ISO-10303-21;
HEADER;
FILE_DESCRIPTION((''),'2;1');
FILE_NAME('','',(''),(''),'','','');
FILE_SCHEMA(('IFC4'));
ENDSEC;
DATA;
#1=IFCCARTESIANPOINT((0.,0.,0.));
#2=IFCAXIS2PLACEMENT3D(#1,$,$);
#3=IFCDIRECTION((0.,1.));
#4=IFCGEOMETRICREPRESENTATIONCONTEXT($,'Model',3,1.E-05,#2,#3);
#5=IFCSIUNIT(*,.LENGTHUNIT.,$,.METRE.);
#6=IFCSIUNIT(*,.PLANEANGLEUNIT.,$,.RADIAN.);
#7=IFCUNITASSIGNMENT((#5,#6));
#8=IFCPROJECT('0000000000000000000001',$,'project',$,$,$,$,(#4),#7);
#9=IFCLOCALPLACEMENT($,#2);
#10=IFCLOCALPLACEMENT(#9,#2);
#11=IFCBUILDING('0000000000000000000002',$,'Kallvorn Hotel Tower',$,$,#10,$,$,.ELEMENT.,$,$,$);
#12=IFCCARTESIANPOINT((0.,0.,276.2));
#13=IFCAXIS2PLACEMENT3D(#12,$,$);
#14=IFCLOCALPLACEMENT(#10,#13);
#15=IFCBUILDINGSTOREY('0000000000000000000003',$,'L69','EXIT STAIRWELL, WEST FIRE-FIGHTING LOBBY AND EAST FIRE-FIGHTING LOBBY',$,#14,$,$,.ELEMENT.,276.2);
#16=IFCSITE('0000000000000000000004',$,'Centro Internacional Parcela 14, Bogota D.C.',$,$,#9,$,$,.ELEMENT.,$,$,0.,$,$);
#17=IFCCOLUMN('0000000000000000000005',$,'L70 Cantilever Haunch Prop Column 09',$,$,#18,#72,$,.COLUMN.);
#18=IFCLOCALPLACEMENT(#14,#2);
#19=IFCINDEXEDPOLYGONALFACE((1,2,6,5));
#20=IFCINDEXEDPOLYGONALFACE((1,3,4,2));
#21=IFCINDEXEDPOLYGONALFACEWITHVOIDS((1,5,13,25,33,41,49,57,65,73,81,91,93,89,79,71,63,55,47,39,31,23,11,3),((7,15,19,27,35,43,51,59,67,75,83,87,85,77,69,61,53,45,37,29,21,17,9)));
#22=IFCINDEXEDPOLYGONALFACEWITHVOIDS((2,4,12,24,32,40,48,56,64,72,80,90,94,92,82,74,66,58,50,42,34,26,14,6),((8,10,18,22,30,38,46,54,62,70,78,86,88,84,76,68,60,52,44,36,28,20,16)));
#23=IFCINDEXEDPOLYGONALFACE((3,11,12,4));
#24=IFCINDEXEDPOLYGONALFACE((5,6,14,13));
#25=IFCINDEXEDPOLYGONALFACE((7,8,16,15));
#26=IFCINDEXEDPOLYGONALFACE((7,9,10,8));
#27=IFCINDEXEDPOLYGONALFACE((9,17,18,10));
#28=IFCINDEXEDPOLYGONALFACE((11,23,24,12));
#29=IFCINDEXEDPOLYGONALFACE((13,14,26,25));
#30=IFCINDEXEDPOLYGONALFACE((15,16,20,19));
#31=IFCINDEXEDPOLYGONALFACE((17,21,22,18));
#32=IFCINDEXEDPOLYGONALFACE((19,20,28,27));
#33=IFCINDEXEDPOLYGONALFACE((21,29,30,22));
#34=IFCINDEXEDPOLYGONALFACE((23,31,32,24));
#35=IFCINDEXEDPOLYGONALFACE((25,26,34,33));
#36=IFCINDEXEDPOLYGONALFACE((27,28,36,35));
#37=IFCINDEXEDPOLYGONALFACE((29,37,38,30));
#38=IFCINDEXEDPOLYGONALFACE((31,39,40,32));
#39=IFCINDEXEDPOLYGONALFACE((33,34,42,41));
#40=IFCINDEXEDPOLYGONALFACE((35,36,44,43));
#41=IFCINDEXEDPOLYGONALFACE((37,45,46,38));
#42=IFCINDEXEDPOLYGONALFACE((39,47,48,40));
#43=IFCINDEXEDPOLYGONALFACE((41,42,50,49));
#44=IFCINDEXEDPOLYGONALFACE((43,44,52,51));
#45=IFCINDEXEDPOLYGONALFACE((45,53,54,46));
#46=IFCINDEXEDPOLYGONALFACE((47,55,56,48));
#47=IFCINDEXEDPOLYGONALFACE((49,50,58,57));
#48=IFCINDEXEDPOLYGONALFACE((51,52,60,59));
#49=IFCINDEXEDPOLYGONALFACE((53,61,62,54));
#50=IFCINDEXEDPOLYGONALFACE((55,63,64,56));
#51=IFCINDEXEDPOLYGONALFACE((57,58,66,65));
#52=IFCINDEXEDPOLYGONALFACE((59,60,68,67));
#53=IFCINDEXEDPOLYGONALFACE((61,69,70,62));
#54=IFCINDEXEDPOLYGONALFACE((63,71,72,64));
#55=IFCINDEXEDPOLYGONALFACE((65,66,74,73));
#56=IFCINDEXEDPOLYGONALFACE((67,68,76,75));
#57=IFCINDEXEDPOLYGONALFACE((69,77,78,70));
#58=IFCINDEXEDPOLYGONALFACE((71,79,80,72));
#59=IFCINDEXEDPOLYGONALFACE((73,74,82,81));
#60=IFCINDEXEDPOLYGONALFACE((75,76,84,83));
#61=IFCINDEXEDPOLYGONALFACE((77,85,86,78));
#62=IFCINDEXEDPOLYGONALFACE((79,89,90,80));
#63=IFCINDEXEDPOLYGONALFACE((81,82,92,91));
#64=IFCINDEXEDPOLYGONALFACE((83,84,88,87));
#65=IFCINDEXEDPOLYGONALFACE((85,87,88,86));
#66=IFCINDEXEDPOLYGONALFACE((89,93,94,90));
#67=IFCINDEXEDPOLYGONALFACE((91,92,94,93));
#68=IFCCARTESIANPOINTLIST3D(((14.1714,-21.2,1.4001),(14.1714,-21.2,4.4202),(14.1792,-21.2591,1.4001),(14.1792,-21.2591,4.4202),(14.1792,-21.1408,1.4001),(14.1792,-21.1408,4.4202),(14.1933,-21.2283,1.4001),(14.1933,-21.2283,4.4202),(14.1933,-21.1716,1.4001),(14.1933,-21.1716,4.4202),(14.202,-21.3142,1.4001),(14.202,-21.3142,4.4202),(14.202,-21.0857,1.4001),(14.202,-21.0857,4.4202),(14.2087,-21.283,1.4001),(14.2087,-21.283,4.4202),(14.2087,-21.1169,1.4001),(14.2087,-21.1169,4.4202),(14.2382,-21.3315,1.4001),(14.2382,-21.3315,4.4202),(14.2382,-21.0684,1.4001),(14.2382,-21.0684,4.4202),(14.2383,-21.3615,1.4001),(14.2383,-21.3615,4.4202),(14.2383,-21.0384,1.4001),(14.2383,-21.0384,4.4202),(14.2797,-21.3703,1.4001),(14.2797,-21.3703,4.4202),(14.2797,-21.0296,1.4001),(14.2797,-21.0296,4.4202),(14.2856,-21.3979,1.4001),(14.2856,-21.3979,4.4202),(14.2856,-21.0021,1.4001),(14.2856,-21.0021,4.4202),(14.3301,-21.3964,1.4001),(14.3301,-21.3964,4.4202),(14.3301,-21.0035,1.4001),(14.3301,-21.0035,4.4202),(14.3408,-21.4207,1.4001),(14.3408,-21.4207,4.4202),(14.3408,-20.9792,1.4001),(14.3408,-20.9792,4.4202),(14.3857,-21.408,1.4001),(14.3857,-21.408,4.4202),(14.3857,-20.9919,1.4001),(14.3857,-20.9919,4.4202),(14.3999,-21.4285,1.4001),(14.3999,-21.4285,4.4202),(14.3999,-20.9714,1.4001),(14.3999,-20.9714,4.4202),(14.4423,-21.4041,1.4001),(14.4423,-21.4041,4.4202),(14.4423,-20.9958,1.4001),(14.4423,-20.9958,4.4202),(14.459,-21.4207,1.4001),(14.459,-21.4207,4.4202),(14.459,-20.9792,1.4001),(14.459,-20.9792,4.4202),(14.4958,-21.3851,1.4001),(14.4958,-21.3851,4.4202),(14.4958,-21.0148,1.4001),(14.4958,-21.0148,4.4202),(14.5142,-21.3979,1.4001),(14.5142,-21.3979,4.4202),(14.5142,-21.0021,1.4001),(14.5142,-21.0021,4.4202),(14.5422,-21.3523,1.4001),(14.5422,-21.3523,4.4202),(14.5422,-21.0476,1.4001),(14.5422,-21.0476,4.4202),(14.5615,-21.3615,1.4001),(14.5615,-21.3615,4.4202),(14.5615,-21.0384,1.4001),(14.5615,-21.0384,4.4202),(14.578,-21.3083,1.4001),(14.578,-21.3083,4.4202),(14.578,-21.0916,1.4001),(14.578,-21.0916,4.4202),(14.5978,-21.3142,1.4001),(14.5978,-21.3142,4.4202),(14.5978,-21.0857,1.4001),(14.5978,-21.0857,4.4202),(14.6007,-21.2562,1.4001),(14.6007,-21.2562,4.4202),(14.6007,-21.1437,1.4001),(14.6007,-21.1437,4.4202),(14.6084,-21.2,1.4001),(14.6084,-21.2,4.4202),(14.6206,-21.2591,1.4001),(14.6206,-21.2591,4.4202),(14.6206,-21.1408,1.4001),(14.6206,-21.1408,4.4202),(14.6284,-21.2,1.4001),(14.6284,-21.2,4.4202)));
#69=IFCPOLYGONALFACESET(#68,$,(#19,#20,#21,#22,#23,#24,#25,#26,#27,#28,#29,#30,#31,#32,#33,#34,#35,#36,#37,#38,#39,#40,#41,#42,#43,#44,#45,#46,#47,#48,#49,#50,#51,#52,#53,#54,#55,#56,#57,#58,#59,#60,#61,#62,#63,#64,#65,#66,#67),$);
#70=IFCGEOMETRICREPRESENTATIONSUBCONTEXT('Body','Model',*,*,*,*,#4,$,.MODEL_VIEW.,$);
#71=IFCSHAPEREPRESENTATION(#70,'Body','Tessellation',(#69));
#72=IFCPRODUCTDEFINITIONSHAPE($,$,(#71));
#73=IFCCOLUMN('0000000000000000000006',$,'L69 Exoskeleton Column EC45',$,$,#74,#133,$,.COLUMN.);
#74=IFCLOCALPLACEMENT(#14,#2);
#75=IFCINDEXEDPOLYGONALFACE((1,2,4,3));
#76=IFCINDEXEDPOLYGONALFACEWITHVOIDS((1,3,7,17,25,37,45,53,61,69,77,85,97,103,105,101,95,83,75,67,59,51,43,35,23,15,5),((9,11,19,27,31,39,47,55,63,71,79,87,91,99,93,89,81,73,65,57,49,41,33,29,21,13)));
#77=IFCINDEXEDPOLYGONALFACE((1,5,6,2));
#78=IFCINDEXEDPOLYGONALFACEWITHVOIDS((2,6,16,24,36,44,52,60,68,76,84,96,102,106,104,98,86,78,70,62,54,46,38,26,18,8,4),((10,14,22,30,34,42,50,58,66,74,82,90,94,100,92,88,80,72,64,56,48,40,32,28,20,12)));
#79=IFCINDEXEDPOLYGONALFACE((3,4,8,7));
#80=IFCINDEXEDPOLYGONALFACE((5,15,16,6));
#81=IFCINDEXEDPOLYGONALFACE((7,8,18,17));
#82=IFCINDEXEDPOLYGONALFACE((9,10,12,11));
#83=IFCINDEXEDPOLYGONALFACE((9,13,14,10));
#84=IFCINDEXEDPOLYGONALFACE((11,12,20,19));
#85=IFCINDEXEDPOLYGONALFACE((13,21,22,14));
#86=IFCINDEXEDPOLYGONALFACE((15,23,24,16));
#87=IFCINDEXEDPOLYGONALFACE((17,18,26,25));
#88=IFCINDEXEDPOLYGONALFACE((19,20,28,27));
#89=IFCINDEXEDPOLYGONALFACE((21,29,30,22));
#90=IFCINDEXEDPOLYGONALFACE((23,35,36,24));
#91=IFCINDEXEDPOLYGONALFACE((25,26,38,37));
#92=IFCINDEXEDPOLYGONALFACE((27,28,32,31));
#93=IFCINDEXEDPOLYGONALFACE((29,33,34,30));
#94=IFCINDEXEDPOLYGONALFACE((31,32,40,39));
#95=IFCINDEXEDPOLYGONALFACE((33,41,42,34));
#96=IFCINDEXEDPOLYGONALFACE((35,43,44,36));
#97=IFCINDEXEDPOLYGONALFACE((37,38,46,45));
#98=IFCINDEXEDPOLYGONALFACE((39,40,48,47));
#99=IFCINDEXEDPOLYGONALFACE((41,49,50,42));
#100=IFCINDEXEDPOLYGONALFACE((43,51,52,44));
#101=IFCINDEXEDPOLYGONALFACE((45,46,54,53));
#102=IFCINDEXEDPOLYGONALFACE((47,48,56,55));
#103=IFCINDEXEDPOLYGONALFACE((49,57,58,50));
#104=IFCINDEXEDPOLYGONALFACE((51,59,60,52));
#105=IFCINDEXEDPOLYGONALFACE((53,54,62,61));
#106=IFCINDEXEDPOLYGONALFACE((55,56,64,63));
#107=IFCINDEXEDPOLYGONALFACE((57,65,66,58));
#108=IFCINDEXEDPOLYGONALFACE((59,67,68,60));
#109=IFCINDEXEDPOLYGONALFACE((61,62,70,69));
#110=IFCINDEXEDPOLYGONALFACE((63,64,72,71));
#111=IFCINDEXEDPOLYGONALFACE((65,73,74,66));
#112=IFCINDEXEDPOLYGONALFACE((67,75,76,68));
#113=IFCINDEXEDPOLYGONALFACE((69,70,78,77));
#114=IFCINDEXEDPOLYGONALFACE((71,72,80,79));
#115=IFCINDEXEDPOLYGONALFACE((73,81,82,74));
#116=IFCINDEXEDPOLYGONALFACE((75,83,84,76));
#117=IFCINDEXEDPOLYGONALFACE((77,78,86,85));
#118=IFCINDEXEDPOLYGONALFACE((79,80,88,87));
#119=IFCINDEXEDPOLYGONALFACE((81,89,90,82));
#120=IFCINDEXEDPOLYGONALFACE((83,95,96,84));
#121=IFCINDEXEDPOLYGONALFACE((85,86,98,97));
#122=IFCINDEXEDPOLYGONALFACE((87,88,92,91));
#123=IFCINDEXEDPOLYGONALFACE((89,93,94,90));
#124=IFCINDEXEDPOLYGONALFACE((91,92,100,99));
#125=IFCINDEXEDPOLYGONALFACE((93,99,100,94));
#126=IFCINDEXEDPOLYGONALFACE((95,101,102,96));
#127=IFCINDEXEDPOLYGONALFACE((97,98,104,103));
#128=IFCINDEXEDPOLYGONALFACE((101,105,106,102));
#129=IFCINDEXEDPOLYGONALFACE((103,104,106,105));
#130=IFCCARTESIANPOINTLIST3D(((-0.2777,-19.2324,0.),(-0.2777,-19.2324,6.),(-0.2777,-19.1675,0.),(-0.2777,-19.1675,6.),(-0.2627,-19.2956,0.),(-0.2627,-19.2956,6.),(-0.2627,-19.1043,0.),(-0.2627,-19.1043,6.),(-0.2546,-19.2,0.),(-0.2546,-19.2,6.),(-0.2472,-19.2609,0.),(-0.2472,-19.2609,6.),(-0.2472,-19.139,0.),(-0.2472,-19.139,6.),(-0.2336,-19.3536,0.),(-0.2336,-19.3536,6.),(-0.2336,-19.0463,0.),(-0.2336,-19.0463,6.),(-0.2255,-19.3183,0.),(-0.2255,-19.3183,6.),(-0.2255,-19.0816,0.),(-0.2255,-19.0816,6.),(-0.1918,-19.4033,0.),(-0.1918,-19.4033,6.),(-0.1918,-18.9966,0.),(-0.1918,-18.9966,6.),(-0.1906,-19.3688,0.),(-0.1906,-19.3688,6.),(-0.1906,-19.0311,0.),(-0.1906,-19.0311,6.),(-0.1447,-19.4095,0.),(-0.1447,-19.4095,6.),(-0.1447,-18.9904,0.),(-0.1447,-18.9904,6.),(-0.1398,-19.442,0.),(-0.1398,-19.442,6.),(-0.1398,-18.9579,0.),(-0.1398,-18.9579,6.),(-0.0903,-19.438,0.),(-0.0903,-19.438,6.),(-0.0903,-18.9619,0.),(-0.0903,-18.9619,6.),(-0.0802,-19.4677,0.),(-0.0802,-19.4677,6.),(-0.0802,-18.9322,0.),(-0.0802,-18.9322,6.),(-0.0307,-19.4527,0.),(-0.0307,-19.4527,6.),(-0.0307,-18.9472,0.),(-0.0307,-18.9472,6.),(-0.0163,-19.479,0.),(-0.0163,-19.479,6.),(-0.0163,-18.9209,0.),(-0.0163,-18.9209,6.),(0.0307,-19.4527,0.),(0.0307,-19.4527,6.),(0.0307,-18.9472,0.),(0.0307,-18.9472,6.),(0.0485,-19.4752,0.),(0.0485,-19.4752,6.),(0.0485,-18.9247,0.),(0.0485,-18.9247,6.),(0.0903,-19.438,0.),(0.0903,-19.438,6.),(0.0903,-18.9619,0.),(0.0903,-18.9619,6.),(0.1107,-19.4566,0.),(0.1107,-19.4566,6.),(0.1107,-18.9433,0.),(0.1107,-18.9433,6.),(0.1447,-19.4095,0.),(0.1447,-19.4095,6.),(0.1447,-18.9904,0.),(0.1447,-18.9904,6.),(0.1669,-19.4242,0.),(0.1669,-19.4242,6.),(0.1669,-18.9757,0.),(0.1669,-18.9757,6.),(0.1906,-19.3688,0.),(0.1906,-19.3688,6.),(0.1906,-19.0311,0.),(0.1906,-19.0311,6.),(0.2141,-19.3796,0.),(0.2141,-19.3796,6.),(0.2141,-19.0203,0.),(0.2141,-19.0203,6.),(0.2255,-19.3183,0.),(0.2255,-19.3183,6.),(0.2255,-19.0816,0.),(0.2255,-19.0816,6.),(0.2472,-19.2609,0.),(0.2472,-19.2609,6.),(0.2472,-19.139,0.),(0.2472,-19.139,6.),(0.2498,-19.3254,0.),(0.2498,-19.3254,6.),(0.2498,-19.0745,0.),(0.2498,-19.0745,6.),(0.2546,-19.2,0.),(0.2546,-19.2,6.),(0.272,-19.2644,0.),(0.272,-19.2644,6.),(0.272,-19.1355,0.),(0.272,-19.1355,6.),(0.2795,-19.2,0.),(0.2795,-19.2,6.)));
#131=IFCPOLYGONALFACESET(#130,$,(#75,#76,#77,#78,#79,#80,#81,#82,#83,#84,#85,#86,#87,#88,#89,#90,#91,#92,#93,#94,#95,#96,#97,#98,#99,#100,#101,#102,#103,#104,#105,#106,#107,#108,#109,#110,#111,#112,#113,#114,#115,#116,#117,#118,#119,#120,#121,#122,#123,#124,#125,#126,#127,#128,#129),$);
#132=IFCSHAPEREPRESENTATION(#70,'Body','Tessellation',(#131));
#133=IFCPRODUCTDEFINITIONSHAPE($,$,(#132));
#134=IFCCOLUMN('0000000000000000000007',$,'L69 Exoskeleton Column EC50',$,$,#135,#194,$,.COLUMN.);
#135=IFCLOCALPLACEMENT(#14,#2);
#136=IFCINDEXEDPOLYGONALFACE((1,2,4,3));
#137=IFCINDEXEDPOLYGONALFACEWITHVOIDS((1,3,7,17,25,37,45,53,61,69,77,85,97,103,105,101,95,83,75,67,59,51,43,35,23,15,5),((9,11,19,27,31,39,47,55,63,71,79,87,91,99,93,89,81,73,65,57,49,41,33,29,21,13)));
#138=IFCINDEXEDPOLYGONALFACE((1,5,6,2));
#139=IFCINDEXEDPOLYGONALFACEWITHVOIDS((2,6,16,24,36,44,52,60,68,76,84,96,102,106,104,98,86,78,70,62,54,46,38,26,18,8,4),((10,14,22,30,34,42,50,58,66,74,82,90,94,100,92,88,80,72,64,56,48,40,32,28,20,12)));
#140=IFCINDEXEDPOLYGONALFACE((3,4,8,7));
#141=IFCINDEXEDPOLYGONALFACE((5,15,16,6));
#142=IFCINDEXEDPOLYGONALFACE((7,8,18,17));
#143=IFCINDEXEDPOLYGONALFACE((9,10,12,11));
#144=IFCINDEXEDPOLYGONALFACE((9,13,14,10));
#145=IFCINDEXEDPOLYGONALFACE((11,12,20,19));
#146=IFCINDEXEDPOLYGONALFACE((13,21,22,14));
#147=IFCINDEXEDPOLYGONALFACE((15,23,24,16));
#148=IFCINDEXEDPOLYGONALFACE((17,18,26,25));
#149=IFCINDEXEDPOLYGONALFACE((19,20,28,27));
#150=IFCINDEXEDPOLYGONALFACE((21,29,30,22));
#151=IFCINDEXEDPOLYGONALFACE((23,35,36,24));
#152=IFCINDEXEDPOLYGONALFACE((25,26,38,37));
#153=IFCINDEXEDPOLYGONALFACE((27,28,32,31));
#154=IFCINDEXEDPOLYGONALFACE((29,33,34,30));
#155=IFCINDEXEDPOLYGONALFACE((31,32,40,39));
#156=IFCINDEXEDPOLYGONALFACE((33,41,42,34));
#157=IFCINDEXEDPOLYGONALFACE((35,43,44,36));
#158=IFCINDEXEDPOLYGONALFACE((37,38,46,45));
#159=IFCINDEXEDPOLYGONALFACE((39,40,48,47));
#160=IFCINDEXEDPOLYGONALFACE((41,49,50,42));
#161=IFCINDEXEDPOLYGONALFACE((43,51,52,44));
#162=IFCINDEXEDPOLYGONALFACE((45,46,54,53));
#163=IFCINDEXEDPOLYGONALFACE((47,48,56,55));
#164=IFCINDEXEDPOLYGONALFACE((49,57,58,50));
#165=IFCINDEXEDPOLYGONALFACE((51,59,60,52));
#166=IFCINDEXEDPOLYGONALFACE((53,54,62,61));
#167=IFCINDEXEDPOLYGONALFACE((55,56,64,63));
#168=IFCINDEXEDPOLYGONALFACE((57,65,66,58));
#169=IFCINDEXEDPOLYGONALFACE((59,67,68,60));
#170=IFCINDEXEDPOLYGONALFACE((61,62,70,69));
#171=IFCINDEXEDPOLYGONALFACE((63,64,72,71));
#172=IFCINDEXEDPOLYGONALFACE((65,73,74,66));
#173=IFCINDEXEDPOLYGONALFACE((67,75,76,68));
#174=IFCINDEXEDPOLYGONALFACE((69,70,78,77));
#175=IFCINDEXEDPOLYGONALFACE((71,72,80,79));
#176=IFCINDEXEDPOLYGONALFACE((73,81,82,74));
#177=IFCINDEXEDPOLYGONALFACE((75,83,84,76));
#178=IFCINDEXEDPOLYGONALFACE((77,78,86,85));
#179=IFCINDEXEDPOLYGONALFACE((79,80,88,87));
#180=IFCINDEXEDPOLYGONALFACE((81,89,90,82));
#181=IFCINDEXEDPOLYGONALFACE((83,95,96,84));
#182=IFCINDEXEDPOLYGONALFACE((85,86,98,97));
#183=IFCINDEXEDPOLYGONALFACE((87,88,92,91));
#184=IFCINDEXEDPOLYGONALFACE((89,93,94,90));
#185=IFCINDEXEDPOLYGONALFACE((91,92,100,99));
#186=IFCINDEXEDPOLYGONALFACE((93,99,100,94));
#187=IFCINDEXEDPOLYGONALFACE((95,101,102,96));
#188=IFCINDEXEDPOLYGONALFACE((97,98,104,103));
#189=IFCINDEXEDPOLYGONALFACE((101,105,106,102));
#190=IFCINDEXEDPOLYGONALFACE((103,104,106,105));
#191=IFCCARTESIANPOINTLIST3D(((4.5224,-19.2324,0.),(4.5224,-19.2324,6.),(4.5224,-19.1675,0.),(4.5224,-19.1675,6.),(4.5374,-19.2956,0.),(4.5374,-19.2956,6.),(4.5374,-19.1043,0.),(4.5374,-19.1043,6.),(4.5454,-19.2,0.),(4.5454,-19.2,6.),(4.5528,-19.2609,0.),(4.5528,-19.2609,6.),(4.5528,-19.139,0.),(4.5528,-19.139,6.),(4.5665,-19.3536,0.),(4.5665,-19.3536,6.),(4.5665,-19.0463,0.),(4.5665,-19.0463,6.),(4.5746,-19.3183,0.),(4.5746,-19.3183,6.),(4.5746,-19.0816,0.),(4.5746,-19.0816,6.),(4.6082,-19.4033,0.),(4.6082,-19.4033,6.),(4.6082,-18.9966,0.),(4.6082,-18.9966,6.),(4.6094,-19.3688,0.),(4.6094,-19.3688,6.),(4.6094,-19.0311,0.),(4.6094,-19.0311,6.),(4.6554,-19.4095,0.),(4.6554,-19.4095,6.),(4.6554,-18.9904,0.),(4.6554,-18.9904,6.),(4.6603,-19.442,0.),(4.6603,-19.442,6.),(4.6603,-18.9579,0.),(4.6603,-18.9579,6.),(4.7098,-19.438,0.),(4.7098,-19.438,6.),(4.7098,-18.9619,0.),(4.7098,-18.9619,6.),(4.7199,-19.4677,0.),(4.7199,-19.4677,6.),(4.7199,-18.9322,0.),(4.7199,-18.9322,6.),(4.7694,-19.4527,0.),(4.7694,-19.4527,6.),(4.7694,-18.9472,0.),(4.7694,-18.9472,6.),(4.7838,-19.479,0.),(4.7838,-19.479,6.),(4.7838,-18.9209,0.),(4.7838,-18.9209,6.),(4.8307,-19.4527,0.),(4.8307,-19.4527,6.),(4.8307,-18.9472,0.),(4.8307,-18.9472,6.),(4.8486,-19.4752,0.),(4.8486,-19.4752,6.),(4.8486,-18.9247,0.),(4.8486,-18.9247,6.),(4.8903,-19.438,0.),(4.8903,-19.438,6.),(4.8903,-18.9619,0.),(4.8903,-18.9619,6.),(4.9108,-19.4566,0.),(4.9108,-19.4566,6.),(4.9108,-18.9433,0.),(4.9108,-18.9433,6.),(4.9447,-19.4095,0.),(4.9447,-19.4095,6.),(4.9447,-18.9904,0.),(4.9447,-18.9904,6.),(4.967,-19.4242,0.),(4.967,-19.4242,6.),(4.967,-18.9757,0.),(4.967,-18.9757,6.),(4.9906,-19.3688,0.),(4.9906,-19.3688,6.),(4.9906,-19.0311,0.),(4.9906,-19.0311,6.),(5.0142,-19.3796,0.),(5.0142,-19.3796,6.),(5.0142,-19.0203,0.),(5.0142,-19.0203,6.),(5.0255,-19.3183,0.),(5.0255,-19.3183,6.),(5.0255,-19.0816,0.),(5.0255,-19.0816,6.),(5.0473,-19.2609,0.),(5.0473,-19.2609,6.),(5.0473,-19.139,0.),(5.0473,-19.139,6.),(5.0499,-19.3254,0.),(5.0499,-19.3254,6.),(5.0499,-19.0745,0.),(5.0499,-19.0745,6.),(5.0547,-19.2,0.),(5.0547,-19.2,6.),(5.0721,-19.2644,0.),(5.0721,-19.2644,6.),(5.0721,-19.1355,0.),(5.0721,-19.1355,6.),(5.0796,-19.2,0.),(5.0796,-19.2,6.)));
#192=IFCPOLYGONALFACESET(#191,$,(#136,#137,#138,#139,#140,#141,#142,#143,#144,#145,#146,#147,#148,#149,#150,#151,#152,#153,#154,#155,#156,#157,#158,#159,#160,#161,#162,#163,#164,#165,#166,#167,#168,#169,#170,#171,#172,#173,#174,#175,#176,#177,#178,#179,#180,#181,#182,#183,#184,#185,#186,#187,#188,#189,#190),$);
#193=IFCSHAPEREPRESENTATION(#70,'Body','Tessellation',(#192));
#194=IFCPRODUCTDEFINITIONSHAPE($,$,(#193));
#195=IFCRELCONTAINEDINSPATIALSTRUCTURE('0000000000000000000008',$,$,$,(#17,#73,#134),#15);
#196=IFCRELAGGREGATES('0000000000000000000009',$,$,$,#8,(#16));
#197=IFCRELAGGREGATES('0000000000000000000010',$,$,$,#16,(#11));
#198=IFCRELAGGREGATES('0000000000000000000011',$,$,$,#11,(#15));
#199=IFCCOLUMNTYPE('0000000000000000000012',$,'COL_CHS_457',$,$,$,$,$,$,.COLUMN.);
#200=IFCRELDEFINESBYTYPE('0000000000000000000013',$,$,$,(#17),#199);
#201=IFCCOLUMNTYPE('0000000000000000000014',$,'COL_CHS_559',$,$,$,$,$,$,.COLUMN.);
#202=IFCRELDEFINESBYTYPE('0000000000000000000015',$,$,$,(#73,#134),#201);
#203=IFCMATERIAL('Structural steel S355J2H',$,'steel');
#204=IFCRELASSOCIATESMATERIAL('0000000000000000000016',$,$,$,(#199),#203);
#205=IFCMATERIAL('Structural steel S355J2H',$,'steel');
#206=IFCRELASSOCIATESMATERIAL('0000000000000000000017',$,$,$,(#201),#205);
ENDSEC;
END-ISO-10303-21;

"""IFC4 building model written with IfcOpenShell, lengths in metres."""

from ifc_helpers import new_model, si_unit, direction, frame, origin, origin_2d, place, context, subcontext, project, spatial, hollow_circle, extrude, material, material_profile, profile_set, type_object, element, save


model = new_model("IFC4")

# Units and contexts
model_context = context("Model", 3, precision=1e-05, world=origin(), true_north=direction((0.0, 1.0)))
body_context = subcontext(model_context, "Body", "Model", "MODEL_VIEW")
ifc_project = project(units=[si_unit("LENGTHUNIT", "METRE"), si_unit("PLANEANGLEUNIT", "RADIAN")], contexts=[model_context])

# Site, building, storey
site_placement = place(None, origin())
site = spatial("IfcSite", under=ifc_project, at=site_placement, Name="Centro Internacional Parcela 14, Bogota D.C.", CompositionType="ELEMENT", RefElevation=0.0)
building_placement = place(site_placement, origin())
building = spatial("IfcBuilding", under=site, at=building_placement, Name="Kallvorn Hotel Tower", CompositionType="ELEMENT")
storey_placement = place(building_placement, frame((0.0, 0.0, 276.2)))
storey = spatial("IfcBuildingStorey", under=building, at=storey_placement, Name="L69", Description="EXIT STAIRWELL, WEST FIRE-FIGHTING LOBBY AND EAST FIRE-FIGHTING LOBBY", CompositionType="ELEMENT", Elevation=276.2)

# Columns
ifc_material_1 = material(Name="Structural steel S355J2H", Category="steel")
ifc_material_profile_1 = material_profile(ifc_material_1, hollow_circle(Radius=0.2285, WallThickness=0.02, at=origin_2d()), Name="CHS 457x20")
ifc_profile_set_1 = profile_set([ifc_material_profile_1], Name="Structural steel S355J2H")
column_type_1 = type_object("IfcColumnType", Name="COL_CHS_457", PredefinedType="COLUMN", material=ifc_profile_set_1)
for number, where, z_axis, x_axis, name in (
    (1, (14.3999, -21.2, 1.4001), (0.0, 0.0, 1.0), (1.0, 0.0, 0.0), "L70 Cantilever Haunch Prop Column 09"),
):
    element("IfcColumn", number, at=place(storey_placement, frame(where, z_axis=z_axis, x_axis=x_axis)), inside=storey, type_object=column_type_1, Name=name, PredefinedType="COLUMN", context=body_context, shape_type="SweptSolid", body=[
        extrude(hollow_circle(Radius=0.2285, WallThickness=0.02, at=origin_2d()), origin(), (0.0, 0.0, 1.0), 3.02),
    ])
ifc_material_2 = material(Name="Structural steel S355J2H", Category="steel")
ifc_material_profile_2 = material_profile(ifc_material_2, hollow_circle(Radius=0.2795, WallThickness=0.0249, at=origin_2d()), Name="CHS 559x25")
ifc_profile_set_2 = profile_set([ifc_material_profile_2], Name="Structural steel S355J2H")
column_type_2 = type_object("IfcColumnType", Name="COL_CHS_559", PredefinedType="COLUMN", material=ifc_profile_set_2)
for number, where, z_axis, x_axis, name in (
    (2, (0.0, -19.2, 0.0), (0.0, 0.0, 1.0), (1.0, 0.0, 0.0), "L69 Exoskeleton Column EC45"),
    (3, (4.8, -19.2, 0.0), (0.0, 0.0, 1.0), (1.0, 0.0, 0.0), "L69 Exoskeleton Column EC50"),
):
    element("IfcColumn", number, at=place(storey_placement, frame(where, z_axis=z_axis, x_axis=x_axis)), inside=storey, type_object=column_type_2, Name=name, PredefinedType="COLUMN", context=body_context, shape_type="SweptSolid", body=[
        extrude(hollow_circle(Radius=0.2795, WallThickness=0.0249, at=origin_2d()), origin(), (0.0, 0.0, 1.0), 6.0),
    ])

save(model, "model.ifc")
